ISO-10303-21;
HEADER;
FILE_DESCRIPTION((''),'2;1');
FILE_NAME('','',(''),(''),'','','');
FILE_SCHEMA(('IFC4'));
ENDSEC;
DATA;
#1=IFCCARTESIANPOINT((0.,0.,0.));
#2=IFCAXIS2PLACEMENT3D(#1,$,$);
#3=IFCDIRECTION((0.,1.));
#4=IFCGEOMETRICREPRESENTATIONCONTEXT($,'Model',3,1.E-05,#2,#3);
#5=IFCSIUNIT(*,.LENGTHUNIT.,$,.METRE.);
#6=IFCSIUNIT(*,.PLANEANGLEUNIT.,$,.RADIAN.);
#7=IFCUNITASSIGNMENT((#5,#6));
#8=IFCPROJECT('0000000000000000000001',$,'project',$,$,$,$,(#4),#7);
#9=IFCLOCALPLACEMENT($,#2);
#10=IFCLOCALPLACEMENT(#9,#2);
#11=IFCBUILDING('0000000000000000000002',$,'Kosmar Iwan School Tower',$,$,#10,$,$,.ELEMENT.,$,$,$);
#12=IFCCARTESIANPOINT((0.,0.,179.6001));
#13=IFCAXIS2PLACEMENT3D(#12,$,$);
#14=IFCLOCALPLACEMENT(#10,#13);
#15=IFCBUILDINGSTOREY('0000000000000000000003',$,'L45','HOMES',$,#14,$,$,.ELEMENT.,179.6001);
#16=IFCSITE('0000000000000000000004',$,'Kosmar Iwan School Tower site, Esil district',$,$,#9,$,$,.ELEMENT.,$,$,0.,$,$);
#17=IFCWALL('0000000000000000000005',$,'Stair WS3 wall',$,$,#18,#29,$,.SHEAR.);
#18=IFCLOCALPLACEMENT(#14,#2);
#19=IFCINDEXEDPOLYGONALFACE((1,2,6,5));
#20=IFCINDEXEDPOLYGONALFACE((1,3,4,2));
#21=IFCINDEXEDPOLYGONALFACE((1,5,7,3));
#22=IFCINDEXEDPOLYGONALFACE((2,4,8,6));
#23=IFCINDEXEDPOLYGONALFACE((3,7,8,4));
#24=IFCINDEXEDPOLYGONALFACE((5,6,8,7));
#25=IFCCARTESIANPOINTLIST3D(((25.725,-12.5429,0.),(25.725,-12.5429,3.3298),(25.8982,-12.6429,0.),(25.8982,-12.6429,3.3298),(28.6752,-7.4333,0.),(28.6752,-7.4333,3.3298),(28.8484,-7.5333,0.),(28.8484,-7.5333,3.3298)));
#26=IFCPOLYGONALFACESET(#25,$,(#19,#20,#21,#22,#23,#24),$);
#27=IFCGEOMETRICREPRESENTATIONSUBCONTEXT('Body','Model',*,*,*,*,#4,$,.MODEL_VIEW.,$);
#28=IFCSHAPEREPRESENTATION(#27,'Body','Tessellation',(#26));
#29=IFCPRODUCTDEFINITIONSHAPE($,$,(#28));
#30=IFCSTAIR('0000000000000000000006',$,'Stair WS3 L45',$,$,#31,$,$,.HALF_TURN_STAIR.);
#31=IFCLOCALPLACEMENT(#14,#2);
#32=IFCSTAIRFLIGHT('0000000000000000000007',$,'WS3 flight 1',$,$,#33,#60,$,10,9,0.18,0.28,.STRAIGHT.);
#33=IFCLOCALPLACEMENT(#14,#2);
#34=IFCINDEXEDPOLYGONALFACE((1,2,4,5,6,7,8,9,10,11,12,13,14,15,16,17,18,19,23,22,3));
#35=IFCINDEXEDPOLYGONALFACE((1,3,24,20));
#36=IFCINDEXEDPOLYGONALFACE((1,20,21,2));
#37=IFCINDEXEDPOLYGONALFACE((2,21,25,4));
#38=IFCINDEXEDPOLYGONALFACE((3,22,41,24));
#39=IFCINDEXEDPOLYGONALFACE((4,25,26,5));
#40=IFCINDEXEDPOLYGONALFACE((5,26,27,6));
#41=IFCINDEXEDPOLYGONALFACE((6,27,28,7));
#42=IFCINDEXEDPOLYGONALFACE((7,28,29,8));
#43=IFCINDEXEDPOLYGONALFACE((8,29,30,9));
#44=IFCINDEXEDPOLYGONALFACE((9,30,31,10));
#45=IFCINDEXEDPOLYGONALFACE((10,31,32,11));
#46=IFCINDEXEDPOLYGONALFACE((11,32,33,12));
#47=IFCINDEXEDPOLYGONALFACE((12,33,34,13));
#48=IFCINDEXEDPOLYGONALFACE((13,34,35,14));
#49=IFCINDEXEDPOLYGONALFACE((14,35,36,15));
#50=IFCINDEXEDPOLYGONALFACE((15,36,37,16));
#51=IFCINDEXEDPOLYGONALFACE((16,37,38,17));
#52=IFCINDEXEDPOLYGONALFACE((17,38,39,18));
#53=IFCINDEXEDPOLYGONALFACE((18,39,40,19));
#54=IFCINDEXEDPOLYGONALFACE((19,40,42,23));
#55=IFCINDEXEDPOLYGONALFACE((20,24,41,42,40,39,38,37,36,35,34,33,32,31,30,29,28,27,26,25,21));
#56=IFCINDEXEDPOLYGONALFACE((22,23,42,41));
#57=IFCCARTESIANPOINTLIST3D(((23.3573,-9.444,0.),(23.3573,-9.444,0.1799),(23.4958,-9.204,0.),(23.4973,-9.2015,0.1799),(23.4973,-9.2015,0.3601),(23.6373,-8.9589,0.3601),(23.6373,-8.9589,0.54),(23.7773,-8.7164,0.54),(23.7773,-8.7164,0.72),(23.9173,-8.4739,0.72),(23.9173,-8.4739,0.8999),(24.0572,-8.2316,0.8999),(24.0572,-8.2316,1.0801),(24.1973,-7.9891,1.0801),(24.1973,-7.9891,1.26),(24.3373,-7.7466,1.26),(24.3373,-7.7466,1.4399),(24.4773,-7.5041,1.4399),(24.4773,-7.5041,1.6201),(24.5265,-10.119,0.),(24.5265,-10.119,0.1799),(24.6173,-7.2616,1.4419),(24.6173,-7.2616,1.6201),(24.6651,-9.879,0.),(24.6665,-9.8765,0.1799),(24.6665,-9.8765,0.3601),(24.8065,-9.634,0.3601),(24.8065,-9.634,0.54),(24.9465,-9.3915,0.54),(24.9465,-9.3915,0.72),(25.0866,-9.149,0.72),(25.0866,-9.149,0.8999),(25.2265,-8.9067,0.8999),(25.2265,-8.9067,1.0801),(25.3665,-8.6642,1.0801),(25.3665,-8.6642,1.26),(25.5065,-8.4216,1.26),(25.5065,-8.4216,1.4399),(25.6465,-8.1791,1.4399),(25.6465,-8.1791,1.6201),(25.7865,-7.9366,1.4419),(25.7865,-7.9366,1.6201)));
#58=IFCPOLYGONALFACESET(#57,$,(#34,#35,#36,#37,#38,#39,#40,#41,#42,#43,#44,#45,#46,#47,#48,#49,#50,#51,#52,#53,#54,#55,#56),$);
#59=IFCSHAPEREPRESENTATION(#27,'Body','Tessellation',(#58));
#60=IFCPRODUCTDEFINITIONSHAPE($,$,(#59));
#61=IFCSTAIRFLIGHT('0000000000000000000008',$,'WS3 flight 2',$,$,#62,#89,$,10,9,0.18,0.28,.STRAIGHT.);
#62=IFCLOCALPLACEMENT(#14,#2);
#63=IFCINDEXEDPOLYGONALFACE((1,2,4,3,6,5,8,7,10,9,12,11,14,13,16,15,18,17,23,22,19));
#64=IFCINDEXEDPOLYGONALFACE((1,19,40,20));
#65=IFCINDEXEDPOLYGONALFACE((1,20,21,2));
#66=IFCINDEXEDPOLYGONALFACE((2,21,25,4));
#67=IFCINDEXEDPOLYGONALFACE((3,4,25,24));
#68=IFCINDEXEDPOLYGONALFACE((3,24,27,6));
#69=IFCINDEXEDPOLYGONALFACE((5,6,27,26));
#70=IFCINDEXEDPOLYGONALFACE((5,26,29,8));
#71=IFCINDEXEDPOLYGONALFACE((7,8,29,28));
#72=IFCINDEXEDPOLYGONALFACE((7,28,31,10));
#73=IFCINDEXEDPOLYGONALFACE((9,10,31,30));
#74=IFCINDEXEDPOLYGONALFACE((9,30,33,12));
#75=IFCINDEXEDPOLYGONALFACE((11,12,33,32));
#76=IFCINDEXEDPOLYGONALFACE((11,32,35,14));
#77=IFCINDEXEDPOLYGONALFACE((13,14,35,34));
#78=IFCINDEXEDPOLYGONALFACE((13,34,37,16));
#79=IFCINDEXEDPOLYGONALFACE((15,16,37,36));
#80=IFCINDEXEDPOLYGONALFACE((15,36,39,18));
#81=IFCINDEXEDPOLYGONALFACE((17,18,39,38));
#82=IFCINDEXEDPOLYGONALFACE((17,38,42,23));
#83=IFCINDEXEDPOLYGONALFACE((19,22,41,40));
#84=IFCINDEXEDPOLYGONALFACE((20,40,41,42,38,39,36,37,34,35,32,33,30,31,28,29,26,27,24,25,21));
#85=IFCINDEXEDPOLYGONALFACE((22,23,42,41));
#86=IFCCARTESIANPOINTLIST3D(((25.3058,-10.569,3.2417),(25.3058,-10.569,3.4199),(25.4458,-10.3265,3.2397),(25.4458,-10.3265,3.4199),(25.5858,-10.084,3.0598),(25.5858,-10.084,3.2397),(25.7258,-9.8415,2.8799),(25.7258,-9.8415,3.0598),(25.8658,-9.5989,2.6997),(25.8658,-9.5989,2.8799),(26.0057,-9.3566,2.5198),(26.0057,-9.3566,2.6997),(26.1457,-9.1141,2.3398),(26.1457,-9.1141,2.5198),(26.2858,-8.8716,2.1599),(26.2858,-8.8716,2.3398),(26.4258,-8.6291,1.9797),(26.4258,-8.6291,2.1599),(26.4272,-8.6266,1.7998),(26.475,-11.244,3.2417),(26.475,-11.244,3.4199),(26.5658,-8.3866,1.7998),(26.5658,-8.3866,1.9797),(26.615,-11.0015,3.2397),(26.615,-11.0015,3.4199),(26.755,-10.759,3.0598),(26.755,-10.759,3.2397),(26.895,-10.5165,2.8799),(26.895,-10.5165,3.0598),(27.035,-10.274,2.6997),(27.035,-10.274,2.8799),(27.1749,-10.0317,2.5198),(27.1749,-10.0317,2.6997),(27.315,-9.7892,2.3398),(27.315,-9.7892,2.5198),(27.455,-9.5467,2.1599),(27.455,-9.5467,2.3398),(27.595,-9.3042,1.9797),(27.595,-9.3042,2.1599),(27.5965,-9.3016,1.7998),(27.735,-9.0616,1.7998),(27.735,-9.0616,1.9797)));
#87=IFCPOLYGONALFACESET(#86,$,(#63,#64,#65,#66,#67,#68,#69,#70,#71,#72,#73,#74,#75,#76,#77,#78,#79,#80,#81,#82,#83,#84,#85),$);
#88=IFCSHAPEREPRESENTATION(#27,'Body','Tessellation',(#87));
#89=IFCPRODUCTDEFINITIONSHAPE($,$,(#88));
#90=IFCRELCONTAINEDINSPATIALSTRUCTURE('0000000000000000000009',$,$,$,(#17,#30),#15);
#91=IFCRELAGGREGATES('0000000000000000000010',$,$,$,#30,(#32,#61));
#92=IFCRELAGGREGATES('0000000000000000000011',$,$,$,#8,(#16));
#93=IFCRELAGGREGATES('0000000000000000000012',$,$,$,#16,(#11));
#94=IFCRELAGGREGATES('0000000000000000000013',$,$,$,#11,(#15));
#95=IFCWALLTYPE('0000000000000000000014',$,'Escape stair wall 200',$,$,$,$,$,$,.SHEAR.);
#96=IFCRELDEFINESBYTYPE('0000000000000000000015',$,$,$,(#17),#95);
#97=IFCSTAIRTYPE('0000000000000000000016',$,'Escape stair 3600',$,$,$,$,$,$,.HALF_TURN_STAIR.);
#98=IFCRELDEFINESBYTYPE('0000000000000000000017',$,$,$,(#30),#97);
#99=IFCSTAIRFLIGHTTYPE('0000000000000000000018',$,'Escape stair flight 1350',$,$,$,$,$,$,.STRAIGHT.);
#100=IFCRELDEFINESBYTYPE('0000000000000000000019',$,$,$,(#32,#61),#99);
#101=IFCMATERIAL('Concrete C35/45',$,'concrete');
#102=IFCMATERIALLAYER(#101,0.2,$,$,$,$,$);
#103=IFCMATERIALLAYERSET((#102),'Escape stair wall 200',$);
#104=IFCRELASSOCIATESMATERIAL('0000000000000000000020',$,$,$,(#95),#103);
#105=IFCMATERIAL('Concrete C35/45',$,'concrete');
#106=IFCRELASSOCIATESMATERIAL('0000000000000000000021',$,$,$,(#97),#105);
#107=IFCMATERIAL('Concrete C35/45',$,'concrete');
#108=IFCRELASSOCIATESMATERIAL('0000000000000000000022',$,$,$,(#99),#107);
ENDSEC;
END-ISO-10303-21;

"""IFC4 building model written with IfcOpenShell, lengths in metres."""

from ifc_helpers import new_model, si_unit, direction, frame, frame_2d, origin, place, context, subcontext, project, spatial, polyline, rectangle, outline, extrude, material, layer, layer_set, type_object, element, aggregate, save


model = new_model("IFC4")

# Units and contexts
model_context = context("Model", 3, precision=1e-05, world=origin(), true_north=direction((0.0, 1.0)))
body_context = subcontext(model_context, "Body", "Model", "MODEL_VIEW")
ifc_project = project(units=[si_unit("LENGTHUNIT", "METRE"), si_unit("PLANEANGLEUNIT", "RADIAN")], contexts=[model_context])

# Site, building, storey
site_placement = place(None, origin())
site = spatial("IfcSite", under=ifc_project, at=site_placement, Name="Kosmar Iwan School Tower site, Esil district", CompositionType="ELEMENT", RefElevation=0.0)
building_placement = place(site_placement, origin())
building = spatial("IfcBuilding", under=site, at=building_placement, Name="Kosmar Iwan School Tower", CompositionType="ELEMENT")
storey_placement = place(building_placement, frame((0.0, 0.0, 179.6001)))
storey = spatial("IfcBuildingStorey", under=building, at=storey_placement, Name="L45", Description="HOMES", CompositionType="ELEMENT", Elevation=179.6001)

# Wall
ifc_material_1 = material(Name="Concrete C35/45", Category="concrete")
ifc_layer_1 = layer(ifc_material_1, 0.2)
ifc_layer_set_1 = layer_set([ifc_layer_1], Name="Escape stair wall 200")
wall_type_1 = type_object("IfcWallType", Name="Escape stair wall 200", PredefinedType="SHEAR", material=ifc_layer_set_1)
wall_1_placement = place(storey_placement, frame((25.8115, -12.593, 0.0), z_axis=(0.0, 0.0, 1.0), x_axis=(0.50002, 0.866014, 0.0)))
element("IfcWall", 1, at=wall_1_placement, inside=storey, type_object=wall_type_1, Name="Stair WS3 wall", PredefinedType="SHEAR", context=body_context, shape_type="SweptSolid", body=[
    extrude(rectangle(XDim=5.9001, YDim=0.2, at=frame_2d((2.9502, 0.0))), origin(), (0.0, 0.0, 1.0), 3.3298),
])

# Stair, stair flights
ifc_material_2 = material(Name="Concrete C35/45", Category="concrete")
stair_type = type_object("IfcStairType", Name="Escape stair 3600", PredefinedType="HALF_TURN_STAIR", material=ifc_material_2)
stair_placement = place(storey_placement, origin())
stair = element("IfcStair", 2, at=stair_placement, inside=storey, type_object=stair_type, Name="Stair WS3 L45", PredefinedType="HALF_TURN_STAIR")
ifc_material_3 = material(Name="Concrete C35/45", Category="concrete")
stair_flight_type = type_object("IfcStairFlightType", Name="Escape stair flight 1350", PredefinedType="STRAIGHT", material=ifc_material_3)
stair_flight_1_placement = place(storey_placement, frame((23.9419, -9.7815, 0.0), z_axis=(0.0, 0.0, 1.0), x_axis=(0.5, 0.866025, 0.0)))
stair_flight_1 = element("IfcStairFlight", 3, at=stair_flight_1_placement, type_object=stair_flight_type, Name="WS3 flight 1", NumberOfRisers=10, NumberOfTreads=9, PredefinedType="STRAIGHT", RiserHeight=0.18, TreadLength=0.28, context=body_context, shape_type="SweptSolid", body=[
    extrude(outline(polyline([(0.0, 0.0), (0.0, 0.1799), (0.28, 0.1799), (0.28, 0.3601), (0.5601, 0.3601), (0.5601, 0.54), (0.8401, 0.54), (0.8401, 0.72), (1.1201, 0.72), (1.1201, 0.8999), (1.3999, 0.8999), (1.3999, 1.0801), (1.6799, 1.0801), (1.6799, 1.26), (1.96, 1.26), (1.96, 1.4399), (2.24, 1.4399), (2.24, 1.6201), (2.52, 1.6201), (2.52, 1.8), (2.52, 1.4419), (0.2771, 0.0), (0.0, 0.0)])), frame((0.0, 0.675, 0.0), z_axis=(0.0, -1.0, 0.0), x_axis=(1.0, 0.0, 0.0)), (0.0, 0.0, 1.0), 1.3501),
])
stair_flight_2_placement = place(storey_placement, frame((27.1504, -8.7241, 1.7998), z_axis=(0.0, 0.0, 1.0), x_axis=(-0.5, -0.866025, 0.0)))
stair_flight_2 = element("IfcStairFlight", 4, at=stair_flight_2_placement, type_object=stair_flight_type, Name="WS3 flight 2", NumberOfRisers=10, NumberOfTreads=9, PredefinedType="STRAIGHT", RiserHeight=0.18, TreadLength=0.28, context=body_context, shape_type="SweptSolid", body=[
    extrude(outline(polyline([(0.0, 0.0), (0.0, 0.1799), (0.28, 0.1799), (0.28, 0.3601), (0.5601, 0.3601), (0.5601, 0.54), (0.8401, 0.54), (0.8401, 0.72), (1.1201, 0.72), (1.1201, 0.8999), (1.3999, 0.8999), (1.3999, 1.0801), (1.6799, 1.0801), (1.6799, 1.26), (1.96, 1.26), (1.96, 1.4399), (2.24, 1.4399), (2.24, 1.6201), (2.52, 1.6201), (2.52, 1.8), (2.52, 1.4419), (0.2771, 0.0), (0.0, 0.0)])), frame((0.0, 0.675, 0.0), z_axis=(0.0, -1.0, 0.0), x_axis=(1.0, 0.0, 0.0)), (0.0, 0.0, 1.0), 1.3501),
])
aggregate(stair, [stair_flight_1, stair_flight_2])

save(model, "model.ifc")
